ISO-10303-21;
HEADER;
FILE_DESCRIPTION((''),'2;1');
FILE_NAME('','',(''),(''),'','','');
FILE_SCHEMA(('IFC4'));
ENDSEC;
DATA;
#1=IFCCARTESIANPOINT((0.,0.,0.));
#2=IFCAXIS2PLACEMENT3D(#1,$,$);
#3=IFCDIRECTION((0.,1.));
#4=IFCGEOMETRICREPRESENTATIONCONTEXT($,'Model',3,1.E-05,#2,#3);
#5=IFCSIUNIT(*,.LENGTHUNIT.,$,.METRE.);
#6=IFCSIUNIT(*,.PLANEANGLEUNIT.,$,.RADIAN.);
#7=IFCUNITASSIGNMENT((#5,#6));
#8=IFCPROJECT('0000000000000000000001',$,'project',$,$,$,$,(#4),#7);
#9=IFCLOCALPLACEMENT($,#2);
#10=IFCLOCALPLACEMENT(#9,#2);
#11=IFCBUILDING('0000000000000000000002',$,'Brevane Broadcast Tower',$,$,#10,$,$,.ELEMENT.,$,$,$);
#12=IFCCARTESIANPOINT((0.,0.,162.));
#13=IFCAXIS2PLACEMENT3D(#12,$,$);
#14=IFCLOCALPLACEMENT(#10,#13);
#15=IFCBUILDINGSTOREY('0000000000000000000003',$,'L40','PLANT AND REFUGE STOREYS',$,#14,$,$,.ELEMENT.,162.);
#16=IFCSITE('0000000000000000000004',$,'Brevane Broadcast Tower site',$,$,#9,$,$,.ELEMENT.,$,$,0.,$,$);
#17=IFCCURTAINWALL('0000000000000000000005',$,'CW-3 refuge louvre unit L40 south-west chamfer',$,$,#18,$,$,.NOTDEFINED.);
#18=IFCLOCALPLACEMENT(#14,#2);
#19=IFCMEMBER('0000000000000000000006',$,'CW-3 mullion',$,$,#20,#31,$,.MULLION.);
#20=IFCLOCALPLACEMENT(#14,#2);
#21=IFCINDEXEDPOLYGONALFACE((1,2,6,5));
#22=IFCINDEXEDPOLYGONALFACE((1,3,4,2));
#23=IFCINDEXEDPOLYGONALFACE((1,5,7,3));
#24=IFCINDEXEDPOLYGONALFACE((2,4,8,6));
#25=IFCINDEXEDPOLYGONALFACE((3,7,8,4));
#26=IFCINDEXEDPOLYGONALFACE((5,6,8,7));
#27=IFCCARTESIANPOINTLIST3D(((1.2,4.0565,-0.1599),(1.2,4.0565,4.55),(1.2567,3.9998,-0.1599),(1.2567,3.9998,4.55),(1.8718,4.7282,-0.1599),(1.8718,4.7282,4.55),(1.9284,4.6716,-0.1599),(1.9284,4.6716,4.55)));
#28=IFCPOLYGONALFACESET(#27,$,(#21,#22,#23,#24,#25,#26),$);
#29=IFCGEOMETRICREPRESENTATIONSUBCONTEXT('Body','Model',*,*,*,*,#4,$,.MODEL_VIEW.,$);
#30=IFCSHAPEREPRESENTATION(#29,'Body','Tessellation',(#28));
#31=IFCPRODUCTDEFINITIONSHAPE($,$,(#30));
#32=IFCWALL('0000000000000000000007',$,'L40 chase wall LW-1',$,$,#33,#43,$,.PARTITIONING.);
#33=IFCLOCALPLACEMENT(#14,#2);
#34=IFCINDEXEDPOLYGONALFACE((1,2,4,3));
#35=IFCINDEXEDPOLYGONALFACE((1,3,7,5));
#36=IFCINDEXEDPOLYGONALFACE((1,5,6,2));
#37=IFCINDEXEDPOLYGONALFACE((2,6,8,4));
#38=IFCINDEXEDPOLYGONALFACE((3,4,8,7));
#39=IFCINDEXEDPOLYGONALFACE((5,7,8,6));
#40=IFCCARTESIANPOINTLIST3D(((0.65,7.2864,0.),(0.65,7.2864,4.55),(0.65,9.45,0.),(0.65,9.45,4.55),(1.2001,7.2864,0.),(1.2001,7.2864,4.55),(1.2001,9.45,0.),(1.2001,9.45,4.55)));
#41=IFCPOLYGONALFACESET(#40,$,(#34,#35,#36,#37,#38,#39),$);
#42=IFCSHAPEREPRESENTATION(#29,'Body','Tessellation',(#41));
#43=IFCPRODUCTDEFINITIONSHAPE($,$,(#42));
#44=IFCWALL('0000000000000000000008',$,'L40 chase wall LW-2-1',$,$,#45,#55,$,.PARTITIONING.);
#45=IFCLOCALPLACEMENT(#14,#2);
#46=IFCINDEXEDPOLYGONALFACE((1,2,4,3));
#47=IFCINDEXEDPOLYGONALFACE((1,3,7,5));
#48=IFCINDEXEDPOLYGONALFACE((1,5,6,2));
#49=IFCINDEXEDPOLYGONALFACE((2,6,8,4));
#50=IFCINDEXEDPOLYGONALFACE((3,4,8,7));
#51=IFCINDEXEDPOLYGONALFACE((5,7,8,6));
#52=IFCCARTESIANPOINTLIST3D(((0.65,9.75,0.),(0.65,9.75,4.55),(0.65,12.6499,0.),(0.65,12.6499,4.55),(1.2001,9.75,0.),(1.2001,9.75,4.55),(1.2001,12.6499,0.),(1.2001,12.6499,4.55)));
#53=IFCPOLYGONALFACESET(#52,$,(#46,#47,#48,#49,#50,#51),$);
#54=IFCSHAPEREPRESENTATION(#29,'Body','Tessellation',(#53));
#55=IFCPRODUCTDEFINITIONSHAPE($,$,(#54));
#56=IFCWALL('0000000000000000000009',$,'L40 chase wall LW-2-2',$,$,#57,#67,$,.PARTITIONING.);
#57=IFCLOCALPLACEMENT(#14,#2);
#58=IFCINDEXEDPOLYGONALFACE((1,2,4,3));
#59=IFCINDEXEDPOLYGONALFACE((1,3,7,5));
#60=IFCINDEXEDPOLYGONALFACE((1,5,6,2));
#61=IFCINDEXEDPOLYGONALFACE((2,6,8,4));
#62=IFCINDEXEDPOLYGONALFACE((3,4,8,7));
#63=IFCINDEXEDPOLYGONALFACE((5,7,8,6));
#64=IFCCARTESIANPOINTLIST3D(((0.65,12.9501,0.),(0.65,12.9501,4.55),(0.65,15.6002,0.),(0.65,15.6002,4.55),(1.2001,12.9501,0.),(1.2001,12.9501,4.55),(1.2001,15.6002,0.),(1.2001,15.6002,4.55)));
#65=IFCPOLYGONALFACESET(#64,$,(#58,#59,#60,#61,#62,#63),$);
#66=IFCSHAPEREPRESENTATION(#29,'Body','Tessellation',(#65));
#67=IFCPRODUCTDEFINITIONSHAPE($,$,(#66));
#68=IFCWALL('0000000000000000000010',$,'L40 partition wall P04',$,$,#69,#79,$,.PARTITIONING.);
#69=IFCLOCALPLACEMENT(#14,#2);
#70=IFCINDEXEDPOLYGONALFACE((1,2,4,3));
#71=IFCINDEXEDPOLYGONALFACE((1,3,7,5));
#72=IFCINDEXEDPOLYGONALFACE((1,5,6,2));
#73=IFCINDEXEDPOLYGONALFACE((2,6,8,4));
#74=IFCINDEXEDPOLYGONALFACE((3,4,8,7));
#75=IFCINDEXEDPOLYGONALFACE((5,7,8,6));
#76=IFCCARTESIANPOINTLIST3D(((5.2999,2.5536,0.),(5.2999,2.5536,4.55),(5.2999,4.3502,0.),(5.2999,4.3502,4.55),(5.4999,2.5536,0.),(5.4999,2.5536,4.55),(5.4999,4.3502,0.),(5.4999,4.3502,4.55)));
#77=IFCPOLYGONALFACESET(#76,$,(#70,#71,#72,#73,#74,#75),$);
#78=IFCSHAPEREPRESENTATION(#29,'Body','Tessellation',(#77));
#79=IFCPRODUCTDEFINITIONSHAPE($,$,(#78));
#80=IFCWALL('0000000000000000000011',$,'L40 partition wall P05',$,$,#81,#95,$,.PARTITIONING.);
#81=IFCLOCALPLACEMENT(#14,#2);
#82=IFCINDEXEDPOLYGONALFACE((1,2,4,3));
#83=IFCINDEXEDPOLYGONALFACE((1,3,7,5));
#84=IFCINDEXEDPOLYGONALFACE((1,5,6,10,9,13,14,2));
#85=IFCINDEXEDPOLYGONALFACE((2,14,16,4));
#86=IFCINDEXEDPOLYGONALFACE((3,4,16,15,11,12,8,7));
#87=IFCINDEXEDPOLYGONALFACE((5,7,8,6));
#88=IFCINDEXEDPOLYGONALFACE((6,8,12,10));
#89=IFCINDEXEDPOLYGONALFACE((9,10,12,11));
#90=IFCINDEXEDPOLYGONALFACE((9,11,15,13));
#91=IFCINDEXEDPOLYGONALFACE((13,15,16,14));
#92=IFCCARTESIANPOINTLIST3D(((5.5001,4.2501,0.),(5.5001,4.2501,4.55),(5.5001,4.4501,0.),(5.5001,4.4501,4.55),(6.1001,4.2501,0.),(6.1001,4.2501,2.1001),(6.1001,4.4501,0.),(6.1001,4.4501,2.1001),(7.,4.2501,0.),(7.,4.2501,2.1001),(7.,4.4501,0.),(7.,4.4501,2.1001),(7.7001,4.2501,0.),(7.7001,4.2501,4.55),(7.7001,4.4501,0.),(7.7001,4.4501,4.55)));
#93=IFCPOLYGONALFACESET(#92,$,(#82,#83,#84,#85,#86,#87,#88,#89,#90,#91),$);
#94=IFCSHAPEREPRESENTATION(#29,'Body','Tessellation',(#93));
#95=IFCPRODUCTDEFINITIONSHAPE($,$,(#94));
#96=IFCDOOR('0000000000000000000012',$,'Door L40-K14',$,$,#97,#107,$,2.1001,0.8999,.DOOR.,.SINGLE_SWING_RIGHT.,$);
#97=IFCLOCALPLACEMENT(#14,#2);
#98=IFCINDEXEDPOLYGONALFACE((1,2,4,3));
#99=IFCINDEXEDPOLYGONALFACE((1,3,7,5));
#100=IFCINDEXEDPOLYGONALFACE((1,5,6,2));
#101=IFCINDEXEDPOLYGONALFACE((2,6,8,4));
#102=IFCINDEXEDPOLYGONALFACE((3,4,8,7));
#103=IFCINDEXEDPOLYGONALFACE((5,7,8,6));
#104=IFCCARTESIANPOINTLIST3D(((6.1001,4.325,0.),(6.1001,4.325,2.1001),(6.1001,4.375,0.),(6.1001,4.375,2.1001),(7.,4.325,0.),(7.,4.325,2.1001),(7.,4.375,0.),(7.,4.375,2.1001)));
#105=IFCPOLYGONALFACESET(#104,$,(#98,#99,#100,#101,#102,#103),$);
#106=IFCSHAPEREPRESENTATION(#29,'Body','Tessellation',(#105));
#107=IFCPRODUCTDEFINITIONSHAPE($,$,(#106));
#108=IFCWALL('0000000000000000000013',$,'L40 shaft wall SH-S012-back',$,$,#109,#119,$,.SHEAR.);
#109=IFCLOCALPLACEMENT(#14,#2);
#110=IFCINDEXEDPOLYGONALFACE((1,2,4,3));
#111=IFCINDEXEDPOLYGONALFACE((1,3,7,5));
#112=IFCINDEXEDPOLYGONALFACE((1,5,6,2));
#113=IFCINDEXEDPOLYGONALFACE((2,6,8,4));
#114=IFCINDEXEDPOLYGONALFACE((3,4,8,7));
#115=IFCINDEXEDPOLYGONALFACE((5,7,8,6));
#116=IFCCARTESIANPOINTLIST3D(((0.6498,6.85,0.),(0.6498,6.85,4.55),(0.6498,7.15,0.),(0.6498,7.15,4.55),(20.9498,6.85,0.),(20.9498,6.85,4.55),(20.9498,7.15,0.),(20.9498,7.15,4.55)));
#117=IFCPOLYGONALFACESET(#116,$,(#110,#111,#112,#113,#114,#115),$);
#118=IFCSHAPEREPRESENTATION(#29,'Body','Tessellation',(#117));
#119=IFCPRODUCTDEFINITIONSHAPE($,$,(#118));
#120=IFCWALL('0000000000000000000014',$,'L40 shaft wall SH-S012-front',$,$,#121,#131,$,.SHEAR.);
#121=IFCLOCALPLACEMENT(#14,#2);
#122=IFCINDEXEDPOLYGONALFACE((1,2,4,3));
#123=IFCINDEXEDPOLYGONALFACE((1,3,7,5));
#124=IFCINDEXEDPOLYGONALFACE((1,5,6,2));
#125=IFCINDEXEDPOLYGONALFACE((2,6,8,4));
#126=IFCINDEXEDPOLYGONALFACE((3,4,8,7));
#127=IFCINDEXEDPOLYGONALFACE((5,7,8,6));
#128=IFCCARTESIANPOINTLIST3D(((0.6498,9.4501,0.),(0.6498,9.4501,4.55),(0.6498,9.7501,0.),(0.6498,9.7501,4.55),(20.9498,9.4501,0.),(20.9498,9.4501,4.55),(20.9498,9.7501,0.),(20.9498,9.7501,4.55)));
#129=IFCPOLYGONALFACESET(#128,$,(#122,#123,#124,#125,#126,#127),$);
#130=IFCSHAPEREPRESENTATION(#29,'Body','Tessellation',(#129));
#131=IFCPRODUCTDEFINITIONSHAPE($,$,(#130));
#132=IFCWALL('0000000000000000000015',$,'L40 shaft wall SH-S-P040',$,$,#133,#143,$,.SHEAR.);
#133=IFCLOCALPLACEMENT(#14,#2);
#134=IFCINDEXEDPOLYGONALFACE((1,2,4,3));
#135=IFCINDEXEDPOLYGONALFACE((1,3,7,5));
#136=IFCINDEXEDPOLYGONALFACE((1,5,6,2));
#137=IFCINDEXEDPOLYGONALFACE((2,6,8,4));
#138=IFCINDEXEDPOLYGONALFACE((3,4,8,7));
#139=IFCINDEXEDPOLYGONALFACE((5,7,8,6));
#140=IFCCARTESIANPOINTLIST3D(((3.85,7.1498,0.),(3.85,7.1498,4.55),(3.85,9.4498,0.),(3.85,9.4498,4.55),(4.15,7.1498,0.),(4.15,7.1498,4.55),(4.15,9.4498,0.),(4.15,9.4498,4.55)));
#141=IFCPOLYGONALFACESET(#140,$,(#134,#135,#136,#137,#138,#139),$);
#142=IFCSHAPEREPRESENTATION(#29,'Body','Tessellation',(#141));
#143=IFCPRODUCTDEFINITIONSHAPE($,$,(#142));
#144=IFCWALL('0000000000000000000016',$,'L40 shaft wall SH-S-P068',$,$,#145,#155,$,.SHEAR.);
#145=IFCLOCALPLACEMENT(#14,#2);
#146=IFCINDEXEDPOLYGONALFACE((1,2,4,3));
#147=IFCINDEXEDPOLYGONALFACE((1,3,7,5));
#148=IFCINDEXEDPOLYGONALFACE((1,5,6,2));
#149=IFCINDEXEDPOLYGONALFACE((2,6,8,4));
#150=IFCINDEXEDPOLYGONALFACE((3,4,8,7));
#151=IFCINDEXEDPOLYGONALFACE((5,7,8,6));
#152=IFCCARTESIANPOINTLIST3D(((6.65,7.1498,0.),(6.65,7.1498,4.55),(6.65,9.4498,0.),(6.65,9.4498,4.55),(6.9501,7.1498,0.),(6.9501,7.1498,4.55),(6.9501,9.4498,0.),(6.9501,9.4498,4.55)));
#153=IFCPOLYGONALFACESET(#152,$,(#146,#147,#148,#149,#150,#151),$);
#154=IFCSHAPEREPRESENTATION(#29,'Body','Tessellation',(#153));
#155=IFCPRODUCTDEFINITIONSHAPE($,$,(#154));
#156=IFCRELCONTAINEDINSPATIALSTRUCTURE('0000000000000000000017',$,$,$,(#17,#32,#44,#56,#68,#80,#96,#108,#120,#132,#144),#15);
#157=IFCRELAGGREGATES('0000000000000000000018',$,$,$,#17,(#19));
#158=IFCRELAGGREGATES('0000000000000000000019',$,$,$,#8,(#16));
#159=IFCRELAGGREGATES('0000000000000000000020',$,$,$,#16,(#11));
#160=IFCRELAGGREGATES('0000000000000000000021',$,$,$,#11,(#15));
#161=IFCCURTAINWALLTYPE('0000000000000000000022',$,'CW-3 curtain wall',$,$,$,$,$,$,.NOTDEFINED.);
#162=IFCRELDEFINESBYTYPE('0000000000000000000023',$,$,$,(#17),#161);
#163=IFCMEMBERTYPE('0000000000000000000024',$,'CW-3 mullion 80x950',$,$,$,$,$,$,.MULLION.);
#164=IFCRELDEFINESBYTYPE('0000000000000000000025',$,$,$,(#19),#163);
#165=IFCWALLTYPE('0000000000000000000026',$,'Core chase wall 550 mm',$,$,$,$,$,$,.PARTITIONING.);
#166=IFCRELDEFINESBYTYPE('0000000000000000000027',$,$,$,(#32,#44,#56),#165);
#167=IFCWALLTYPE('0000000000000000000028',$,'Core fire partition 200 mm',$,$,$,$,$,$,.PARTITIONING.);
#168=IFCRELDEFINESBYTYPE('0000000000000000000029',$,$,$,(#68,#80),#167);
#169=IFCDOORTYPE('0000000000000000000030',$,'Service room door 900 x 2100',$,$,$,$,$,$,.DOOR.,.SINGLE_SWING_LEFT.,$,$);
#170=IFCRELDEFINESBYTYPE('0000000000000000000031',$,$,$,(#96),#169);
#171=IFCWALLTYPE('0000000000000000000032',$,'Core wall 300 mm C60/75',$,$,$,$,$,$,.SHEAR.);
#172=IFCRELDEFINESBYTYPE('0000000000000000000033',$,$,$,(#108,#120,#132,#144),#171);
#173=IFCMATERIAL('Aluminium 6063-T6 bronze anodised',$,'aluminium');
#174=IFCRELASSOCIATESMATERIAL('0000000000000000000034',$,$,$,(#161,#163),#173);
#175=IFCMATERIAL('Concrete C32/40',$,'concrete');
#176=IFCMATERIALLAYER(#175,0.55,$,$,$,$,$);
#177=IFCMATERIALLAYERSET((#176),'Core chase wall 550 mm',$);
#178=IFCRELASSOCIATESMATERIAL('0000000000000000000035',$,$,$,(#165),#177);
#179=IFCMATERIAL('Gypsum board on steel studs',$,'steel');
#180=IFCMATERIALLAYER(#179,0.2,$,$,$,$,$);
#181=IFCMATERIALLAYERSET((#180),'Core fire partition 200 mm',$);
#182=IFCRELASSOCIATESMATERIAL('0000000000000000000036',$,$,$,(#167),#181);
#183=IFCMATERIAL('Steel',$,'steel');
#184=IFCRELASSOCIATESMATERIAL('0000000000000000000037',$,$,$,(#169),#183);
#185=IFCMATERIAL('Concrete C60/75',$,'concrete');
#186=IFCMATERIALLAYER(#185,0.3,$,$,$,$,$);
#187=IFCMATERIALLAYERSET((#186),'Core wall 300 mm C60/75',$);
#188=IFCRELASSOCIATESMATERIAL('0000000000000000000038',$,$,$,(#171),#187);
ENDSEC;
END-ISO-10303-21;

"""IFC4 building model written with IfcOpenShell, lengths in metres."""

from ifc_helpers import new_model, si_unit, direction, frame, frame_2d, origin, origin_2d, place, context, subcontext, project, spatial, rectangle, extrude, material, layer, layer_set, material_profile, profile_set, type_object, element, fill, aggregate, save


model = new_model("IFC4")

# Units and contexts
model_context = context("Model", 3, precision=1e-05, world=origin(), true_north=direction((0.0, 1.0)))
body_context = subcontext(model_context, "Body", "Model", "MODEL_VIEW")
ifc_project = project(units=[si_unit("LENGTHUNIT", "METRE"), si_unit("PLANEANGLEUNIT", "RADIAN")], contexts=[model_context])

# Site, building, storey
site_placement = place(None, origin())
site = spatial("IfcSite", under=ifc_project, at=site_placement, Name="Brevane Broadcast Tower site", CompositionType="ELEMENT", RefElevation=0.0)
building_placement = place(site_placement, origin())
building = spatial("IfcBuilding", under=site, at=building_placement, Name="Brevane Broadcast Tower", CompositionType="ELEMENT")
storey_placement = place(building_placement, frame((0.0, 0.0, 162.0)))
storey = spatial("IfcBuildingStorey", under=building, at=storey_placement, Name="L40", Description="PLANT AND REFUGE STOREYS", CompositionType="ELEMENT", Elevation=162.0)

# Curtain wall, member
ifc_material_1 = material(Name="Aluminium 6063-T6 bronze anodised", Category="aluminium")
curtain_wall_type = type_object("IfcCurtainWallType", Name="CW-3 curtain wall", PredefinedType="NOTDEFINED", material=ifc_material_1)
curtain_wall_placement = place(storey_placement, origin())
curtain_wall = element("IfcCurtainWall", 1, at=curtain_wall_placement, inside=storey, type_object=curtain_wall_type, Name="CW-3 refuge louvre unit L40 south-west chamfer", PredefinedType="NOTDEFINED")
ifc_material_profile = material_profile(ifc_material_1, rectangle(XDim=0.95, YDim=0.0801, at=origin_2d()), Name="RECT 80x950")
ifc_profile_set = profile_set([ifc_material_profile], Name="Aluminium 6063-T6 bronze anodised")
member_type = type_object("IfcMemberType", Name="CW-3 mullion 80x950", PredefinedType="MULLION", material=ifc_profile_set)
member_placement = place(storey_placement, frame((1.5642, 4.364, -0.1599), z_axis=(0.0, 0.0, 1.0), x_axis=(0.707107, 0.707107, 0.0)))
member = element("IfcMember", 2, at=member_placement, type_object=member_type, Name="CW-3 mullion", PredefinedType="MULLION", context=body_context, shape_type="SweptSolid", body=[
    extrude(rectangle(XDim=0.95, YDim=0.0801, at=origin_2d()), origin(), (0.0, 0.0, 1.0), 4.71),
])
aggregate(curtain_wall, [member])

# Walls
ifc_material_2 = material(Name="Concrete C32/40", Category="concrete")
ifc_layer_1 = layer(ifc_material_2, 0.55)
ifc_layer_set_1 = layer_set([ifc_layer_1], Name="Core chase wall 550 mm")
wall_type_1 = type_object("IfcWallType", Name="Core chase wall 550 mm", PredefinedType="PARTITIONING", material=ifc_layer_set_1)
wall_1_placement = place(storey_placement, frame((0.925, 7.2864, 0.0), z_axis=(0.0, 0.0, 1.0), x_axis=(0.0, 1.0, 0.0)))
element("IfcWall", 3, at=wall_1_placement, inside=storey, type_object=wall_type_1, Name="L40 chase wall LW-1", PredefinedType="PARTITIONING", context=body_context, shape_type="SweptSolid", body=[
    extrude(rectangle(XDim=2.1636, YDim=0.55, at=frame_2d((1.0818, 0.0))), origin(), (0.0, 0.0, 1.0), 4.55),
])
wall_2_placement = place(storey_placement, frame((0.925, 9.75, 0.0), z_axis=(0.0, 0.0, 1.0), x_axis=(0.0, 1.0, 0.0)))
element("IfcWall", 4, at=wall_2_placement, inside=storey, type_object=wall_type_1, Name="L40 chase wall LW-2-1", PredefinedType="PARTITIONING", context=body_context, shape_type="SweptSolid", body=[
    extrude(rectangle(XDim=2.8999, YDim=0.55, at=frame_2d((1.45, 0.0))), origin(), (0.0, 0.0, 1.0), 4.55),
])
wall_3_placement = place(storey_placement, frame((0.925, 12.95, 0.0), z_axis=(0.0, 0.0, 1.0), x_axis=(0.0, 1.0, 0.0)))
element("IfcWall", 5, at=wall_3_placement, inside=storey, type_object=wall_type_1, Name="L40 chase wall LW-2-2", PredefinedType="PARTITIONING", context=body_context, shape_type="SweptSolid", body=[
    extrude(rectangle(XDim=2.6501, YDim=0.55, at=frame_2d((1.3252, 0.0))), origin(), (0.0, 0.0, 1.0), 4.55),
])
ifc_material_3 = material(Name="Gypsum board on steel studs", Category="steel")
ifc_layer_2 = layer(ifc_material_3, 0.2)
ifc_layer_set_2 = layer_set([ifc_layer_2], Name="Core fire partition 200 mm")
wall_type_2 = type_object("IfcWallType", Name="Core fire partition 200 mm", PredefinedType="PARTITIONING", material=ifc_layer_set_2)
wall_4_placement = place(storey_placement, frame((5.3999, 2.5535, 0.0), z_axis=(0.0, 0.0, 1.0), x_axis=(0.0, 1.0, 0.0)))
element("IfcWall", 6, at=wall_4_placement, inside=storey, type_object=wall_type_2, Name="L40 partition wall P04", PredefinedType="PARTITIONING", context=body_context, shape_type="SweptSolid", body=[
    extrude(rectangle(XDim=1.7966, YDim=0.2, at=frame_2d((0.8984, 0.0))), origin(), (0.0, 0.0, 1.0), 4.55),
])

# Wall, opening, door
wall_5_placement = place(storey_placement, frame((5.5, 4.3501, 0.0), z_axis=(0.0, 0.0, 1.0), x_axis=(1.0, 0.0, 0.0)))
wall_5 = element("IfcWall", 7, at=wall_5_placement, inside=storey, type_object=wall_type_2, Name="L40 partition wall P05", PredefinedType="PARTITIONING", context=body_context, shape_type="SweptSolid", body=[
    extrude(rectangle(XDim=2.2, YDim=0.2, at=frame_2d((1.1001, 0.0))), origin(), (0.0, 0.0, 1.0), 4.55),
])
opening_1_placement = place(wall_5_placement, frame((0.6001, 0.0, 0.0)))
opening_1 = element("IfcOpeningElement", 8, at=opening_1_placement, cuts=wall_5, PredefinedType="OPENING", context=body_context, shape_type="SweptSolid", body=[
    extrude(rectangle(XDim=0.8999, YDim=2.1001, at=frame_2d((0.45, 1.05))), frame((0.0, 0.1099, 0.0), z_axis=(0.0, -1.0, 0.0), x_axis=(1.0, 0.0, 0.0)), (0.0, 0.0, 1.0), 0.22),
])
ifc_material_4 = material(Name="Steel", Category="steel")
door_type_1 = type_object("IfcDoorType", Name="Service room door 900 x 2100", OperationType="SINGLE_SWING_LEFT", PredefinedType="DOOR", material=ifc_material_4)
door_1_placement = place(opening_1_placement, origin())
door_1 = element("IfcDoor", 9, at=door_1_placement, inside=storey, type_object=door_type_1, Name="Door L40-K14", OperationType="SINGLE_SWING_RIGHT", OverallHeight=2.1001, OverallWidth=0.8999, PredefinedType="DOOR", context=body_context, shape_type="SweptSolid", body=[
    extrude(rectangle(XDim=0.8999, YDim=2.1001, at=frame_2d((0.45, 1.05))), frame((0.0, 0.0249, 0.0), z_axis=(0.0, -1.0, 0.0), x_axis=(1.0, 0.0, 0.0)), (0.0, 0.0, 1.0), 0.05),
])
fill(opening_1, door_1)

# Walls
ifc_material_5 = material(Name="Concrete C60/75", Category="concrete")
ifc_layer_3 = layer(ifc_material_5, 0.3)
ifc_layer_set_3 = layer_set([ifc_layer_3], Name="Core wall 300 mm C60/75")
wall_type_3 = type_object("IfcWallType", Name="Core wall 300 mm C60/75", PredefinedType="SHEAR", material=ifc_layer_set_3)
for number, where, z_axis, x_axis, name in (
    (10, (0.6499, 7.0, 0.0), (0.0, 0.0, 1.0), (1.0, 0.0, 0.0), "L40 shaft wall SH-S012-back"),
    (11, (0.6499, 9.6001, 0.0), (0.0, 0.0, 1.0), (1.0, 0.0, 0.0), "L40 shaft wall SH-S012-front"),
):
    element("IfcWall", number, at=place(storey_placement, frame(where, z_axis=z_axis, x_axis=x_axis)), inside=storey, type_object=wall_type_3, Name=name, PredefinedType="SHEAR", context=body_context, shape_type="SweptSolid", body=[
        extrude(rectangle(XDim=20.3, YDim=0.3, at=frame_2d((10.1499, 0.0))), origin(), (0.0, 0.0, 1.0), 4.55),
    ])
for number, where, z_axis, x_axis, name in (
    (12, (4.0, 7.1499, 0.0), (0.0, 0.0, 1.0), (0.0, 1.0, 0.0), "L40 shaft wall SH-S-P040"),
    (13, (6.8, 7.1499, 0.0), (0.0, 0.0, 1.0), (0.0, 1.0, 0.0), "L40 shaft wall SH-S-P068"),
):
    element("IfcWall", number, at=place(storey_placement, frame(where, z_axis=z_axis, x_axis=x_axis)), inside=storey, type_object=wall_type_3, Name=name, PredefinedType="SHEAR", context=body_context, shape_type="SweptSolid", body=[
        extrude(rectangle(XDim=2.3, YDim=0.3, at=frame_2d((1.1499, 0.0))), origin(), (0.0, 0.0, 1.0), 4.55),
    ])

save(model, "model.ifc")
